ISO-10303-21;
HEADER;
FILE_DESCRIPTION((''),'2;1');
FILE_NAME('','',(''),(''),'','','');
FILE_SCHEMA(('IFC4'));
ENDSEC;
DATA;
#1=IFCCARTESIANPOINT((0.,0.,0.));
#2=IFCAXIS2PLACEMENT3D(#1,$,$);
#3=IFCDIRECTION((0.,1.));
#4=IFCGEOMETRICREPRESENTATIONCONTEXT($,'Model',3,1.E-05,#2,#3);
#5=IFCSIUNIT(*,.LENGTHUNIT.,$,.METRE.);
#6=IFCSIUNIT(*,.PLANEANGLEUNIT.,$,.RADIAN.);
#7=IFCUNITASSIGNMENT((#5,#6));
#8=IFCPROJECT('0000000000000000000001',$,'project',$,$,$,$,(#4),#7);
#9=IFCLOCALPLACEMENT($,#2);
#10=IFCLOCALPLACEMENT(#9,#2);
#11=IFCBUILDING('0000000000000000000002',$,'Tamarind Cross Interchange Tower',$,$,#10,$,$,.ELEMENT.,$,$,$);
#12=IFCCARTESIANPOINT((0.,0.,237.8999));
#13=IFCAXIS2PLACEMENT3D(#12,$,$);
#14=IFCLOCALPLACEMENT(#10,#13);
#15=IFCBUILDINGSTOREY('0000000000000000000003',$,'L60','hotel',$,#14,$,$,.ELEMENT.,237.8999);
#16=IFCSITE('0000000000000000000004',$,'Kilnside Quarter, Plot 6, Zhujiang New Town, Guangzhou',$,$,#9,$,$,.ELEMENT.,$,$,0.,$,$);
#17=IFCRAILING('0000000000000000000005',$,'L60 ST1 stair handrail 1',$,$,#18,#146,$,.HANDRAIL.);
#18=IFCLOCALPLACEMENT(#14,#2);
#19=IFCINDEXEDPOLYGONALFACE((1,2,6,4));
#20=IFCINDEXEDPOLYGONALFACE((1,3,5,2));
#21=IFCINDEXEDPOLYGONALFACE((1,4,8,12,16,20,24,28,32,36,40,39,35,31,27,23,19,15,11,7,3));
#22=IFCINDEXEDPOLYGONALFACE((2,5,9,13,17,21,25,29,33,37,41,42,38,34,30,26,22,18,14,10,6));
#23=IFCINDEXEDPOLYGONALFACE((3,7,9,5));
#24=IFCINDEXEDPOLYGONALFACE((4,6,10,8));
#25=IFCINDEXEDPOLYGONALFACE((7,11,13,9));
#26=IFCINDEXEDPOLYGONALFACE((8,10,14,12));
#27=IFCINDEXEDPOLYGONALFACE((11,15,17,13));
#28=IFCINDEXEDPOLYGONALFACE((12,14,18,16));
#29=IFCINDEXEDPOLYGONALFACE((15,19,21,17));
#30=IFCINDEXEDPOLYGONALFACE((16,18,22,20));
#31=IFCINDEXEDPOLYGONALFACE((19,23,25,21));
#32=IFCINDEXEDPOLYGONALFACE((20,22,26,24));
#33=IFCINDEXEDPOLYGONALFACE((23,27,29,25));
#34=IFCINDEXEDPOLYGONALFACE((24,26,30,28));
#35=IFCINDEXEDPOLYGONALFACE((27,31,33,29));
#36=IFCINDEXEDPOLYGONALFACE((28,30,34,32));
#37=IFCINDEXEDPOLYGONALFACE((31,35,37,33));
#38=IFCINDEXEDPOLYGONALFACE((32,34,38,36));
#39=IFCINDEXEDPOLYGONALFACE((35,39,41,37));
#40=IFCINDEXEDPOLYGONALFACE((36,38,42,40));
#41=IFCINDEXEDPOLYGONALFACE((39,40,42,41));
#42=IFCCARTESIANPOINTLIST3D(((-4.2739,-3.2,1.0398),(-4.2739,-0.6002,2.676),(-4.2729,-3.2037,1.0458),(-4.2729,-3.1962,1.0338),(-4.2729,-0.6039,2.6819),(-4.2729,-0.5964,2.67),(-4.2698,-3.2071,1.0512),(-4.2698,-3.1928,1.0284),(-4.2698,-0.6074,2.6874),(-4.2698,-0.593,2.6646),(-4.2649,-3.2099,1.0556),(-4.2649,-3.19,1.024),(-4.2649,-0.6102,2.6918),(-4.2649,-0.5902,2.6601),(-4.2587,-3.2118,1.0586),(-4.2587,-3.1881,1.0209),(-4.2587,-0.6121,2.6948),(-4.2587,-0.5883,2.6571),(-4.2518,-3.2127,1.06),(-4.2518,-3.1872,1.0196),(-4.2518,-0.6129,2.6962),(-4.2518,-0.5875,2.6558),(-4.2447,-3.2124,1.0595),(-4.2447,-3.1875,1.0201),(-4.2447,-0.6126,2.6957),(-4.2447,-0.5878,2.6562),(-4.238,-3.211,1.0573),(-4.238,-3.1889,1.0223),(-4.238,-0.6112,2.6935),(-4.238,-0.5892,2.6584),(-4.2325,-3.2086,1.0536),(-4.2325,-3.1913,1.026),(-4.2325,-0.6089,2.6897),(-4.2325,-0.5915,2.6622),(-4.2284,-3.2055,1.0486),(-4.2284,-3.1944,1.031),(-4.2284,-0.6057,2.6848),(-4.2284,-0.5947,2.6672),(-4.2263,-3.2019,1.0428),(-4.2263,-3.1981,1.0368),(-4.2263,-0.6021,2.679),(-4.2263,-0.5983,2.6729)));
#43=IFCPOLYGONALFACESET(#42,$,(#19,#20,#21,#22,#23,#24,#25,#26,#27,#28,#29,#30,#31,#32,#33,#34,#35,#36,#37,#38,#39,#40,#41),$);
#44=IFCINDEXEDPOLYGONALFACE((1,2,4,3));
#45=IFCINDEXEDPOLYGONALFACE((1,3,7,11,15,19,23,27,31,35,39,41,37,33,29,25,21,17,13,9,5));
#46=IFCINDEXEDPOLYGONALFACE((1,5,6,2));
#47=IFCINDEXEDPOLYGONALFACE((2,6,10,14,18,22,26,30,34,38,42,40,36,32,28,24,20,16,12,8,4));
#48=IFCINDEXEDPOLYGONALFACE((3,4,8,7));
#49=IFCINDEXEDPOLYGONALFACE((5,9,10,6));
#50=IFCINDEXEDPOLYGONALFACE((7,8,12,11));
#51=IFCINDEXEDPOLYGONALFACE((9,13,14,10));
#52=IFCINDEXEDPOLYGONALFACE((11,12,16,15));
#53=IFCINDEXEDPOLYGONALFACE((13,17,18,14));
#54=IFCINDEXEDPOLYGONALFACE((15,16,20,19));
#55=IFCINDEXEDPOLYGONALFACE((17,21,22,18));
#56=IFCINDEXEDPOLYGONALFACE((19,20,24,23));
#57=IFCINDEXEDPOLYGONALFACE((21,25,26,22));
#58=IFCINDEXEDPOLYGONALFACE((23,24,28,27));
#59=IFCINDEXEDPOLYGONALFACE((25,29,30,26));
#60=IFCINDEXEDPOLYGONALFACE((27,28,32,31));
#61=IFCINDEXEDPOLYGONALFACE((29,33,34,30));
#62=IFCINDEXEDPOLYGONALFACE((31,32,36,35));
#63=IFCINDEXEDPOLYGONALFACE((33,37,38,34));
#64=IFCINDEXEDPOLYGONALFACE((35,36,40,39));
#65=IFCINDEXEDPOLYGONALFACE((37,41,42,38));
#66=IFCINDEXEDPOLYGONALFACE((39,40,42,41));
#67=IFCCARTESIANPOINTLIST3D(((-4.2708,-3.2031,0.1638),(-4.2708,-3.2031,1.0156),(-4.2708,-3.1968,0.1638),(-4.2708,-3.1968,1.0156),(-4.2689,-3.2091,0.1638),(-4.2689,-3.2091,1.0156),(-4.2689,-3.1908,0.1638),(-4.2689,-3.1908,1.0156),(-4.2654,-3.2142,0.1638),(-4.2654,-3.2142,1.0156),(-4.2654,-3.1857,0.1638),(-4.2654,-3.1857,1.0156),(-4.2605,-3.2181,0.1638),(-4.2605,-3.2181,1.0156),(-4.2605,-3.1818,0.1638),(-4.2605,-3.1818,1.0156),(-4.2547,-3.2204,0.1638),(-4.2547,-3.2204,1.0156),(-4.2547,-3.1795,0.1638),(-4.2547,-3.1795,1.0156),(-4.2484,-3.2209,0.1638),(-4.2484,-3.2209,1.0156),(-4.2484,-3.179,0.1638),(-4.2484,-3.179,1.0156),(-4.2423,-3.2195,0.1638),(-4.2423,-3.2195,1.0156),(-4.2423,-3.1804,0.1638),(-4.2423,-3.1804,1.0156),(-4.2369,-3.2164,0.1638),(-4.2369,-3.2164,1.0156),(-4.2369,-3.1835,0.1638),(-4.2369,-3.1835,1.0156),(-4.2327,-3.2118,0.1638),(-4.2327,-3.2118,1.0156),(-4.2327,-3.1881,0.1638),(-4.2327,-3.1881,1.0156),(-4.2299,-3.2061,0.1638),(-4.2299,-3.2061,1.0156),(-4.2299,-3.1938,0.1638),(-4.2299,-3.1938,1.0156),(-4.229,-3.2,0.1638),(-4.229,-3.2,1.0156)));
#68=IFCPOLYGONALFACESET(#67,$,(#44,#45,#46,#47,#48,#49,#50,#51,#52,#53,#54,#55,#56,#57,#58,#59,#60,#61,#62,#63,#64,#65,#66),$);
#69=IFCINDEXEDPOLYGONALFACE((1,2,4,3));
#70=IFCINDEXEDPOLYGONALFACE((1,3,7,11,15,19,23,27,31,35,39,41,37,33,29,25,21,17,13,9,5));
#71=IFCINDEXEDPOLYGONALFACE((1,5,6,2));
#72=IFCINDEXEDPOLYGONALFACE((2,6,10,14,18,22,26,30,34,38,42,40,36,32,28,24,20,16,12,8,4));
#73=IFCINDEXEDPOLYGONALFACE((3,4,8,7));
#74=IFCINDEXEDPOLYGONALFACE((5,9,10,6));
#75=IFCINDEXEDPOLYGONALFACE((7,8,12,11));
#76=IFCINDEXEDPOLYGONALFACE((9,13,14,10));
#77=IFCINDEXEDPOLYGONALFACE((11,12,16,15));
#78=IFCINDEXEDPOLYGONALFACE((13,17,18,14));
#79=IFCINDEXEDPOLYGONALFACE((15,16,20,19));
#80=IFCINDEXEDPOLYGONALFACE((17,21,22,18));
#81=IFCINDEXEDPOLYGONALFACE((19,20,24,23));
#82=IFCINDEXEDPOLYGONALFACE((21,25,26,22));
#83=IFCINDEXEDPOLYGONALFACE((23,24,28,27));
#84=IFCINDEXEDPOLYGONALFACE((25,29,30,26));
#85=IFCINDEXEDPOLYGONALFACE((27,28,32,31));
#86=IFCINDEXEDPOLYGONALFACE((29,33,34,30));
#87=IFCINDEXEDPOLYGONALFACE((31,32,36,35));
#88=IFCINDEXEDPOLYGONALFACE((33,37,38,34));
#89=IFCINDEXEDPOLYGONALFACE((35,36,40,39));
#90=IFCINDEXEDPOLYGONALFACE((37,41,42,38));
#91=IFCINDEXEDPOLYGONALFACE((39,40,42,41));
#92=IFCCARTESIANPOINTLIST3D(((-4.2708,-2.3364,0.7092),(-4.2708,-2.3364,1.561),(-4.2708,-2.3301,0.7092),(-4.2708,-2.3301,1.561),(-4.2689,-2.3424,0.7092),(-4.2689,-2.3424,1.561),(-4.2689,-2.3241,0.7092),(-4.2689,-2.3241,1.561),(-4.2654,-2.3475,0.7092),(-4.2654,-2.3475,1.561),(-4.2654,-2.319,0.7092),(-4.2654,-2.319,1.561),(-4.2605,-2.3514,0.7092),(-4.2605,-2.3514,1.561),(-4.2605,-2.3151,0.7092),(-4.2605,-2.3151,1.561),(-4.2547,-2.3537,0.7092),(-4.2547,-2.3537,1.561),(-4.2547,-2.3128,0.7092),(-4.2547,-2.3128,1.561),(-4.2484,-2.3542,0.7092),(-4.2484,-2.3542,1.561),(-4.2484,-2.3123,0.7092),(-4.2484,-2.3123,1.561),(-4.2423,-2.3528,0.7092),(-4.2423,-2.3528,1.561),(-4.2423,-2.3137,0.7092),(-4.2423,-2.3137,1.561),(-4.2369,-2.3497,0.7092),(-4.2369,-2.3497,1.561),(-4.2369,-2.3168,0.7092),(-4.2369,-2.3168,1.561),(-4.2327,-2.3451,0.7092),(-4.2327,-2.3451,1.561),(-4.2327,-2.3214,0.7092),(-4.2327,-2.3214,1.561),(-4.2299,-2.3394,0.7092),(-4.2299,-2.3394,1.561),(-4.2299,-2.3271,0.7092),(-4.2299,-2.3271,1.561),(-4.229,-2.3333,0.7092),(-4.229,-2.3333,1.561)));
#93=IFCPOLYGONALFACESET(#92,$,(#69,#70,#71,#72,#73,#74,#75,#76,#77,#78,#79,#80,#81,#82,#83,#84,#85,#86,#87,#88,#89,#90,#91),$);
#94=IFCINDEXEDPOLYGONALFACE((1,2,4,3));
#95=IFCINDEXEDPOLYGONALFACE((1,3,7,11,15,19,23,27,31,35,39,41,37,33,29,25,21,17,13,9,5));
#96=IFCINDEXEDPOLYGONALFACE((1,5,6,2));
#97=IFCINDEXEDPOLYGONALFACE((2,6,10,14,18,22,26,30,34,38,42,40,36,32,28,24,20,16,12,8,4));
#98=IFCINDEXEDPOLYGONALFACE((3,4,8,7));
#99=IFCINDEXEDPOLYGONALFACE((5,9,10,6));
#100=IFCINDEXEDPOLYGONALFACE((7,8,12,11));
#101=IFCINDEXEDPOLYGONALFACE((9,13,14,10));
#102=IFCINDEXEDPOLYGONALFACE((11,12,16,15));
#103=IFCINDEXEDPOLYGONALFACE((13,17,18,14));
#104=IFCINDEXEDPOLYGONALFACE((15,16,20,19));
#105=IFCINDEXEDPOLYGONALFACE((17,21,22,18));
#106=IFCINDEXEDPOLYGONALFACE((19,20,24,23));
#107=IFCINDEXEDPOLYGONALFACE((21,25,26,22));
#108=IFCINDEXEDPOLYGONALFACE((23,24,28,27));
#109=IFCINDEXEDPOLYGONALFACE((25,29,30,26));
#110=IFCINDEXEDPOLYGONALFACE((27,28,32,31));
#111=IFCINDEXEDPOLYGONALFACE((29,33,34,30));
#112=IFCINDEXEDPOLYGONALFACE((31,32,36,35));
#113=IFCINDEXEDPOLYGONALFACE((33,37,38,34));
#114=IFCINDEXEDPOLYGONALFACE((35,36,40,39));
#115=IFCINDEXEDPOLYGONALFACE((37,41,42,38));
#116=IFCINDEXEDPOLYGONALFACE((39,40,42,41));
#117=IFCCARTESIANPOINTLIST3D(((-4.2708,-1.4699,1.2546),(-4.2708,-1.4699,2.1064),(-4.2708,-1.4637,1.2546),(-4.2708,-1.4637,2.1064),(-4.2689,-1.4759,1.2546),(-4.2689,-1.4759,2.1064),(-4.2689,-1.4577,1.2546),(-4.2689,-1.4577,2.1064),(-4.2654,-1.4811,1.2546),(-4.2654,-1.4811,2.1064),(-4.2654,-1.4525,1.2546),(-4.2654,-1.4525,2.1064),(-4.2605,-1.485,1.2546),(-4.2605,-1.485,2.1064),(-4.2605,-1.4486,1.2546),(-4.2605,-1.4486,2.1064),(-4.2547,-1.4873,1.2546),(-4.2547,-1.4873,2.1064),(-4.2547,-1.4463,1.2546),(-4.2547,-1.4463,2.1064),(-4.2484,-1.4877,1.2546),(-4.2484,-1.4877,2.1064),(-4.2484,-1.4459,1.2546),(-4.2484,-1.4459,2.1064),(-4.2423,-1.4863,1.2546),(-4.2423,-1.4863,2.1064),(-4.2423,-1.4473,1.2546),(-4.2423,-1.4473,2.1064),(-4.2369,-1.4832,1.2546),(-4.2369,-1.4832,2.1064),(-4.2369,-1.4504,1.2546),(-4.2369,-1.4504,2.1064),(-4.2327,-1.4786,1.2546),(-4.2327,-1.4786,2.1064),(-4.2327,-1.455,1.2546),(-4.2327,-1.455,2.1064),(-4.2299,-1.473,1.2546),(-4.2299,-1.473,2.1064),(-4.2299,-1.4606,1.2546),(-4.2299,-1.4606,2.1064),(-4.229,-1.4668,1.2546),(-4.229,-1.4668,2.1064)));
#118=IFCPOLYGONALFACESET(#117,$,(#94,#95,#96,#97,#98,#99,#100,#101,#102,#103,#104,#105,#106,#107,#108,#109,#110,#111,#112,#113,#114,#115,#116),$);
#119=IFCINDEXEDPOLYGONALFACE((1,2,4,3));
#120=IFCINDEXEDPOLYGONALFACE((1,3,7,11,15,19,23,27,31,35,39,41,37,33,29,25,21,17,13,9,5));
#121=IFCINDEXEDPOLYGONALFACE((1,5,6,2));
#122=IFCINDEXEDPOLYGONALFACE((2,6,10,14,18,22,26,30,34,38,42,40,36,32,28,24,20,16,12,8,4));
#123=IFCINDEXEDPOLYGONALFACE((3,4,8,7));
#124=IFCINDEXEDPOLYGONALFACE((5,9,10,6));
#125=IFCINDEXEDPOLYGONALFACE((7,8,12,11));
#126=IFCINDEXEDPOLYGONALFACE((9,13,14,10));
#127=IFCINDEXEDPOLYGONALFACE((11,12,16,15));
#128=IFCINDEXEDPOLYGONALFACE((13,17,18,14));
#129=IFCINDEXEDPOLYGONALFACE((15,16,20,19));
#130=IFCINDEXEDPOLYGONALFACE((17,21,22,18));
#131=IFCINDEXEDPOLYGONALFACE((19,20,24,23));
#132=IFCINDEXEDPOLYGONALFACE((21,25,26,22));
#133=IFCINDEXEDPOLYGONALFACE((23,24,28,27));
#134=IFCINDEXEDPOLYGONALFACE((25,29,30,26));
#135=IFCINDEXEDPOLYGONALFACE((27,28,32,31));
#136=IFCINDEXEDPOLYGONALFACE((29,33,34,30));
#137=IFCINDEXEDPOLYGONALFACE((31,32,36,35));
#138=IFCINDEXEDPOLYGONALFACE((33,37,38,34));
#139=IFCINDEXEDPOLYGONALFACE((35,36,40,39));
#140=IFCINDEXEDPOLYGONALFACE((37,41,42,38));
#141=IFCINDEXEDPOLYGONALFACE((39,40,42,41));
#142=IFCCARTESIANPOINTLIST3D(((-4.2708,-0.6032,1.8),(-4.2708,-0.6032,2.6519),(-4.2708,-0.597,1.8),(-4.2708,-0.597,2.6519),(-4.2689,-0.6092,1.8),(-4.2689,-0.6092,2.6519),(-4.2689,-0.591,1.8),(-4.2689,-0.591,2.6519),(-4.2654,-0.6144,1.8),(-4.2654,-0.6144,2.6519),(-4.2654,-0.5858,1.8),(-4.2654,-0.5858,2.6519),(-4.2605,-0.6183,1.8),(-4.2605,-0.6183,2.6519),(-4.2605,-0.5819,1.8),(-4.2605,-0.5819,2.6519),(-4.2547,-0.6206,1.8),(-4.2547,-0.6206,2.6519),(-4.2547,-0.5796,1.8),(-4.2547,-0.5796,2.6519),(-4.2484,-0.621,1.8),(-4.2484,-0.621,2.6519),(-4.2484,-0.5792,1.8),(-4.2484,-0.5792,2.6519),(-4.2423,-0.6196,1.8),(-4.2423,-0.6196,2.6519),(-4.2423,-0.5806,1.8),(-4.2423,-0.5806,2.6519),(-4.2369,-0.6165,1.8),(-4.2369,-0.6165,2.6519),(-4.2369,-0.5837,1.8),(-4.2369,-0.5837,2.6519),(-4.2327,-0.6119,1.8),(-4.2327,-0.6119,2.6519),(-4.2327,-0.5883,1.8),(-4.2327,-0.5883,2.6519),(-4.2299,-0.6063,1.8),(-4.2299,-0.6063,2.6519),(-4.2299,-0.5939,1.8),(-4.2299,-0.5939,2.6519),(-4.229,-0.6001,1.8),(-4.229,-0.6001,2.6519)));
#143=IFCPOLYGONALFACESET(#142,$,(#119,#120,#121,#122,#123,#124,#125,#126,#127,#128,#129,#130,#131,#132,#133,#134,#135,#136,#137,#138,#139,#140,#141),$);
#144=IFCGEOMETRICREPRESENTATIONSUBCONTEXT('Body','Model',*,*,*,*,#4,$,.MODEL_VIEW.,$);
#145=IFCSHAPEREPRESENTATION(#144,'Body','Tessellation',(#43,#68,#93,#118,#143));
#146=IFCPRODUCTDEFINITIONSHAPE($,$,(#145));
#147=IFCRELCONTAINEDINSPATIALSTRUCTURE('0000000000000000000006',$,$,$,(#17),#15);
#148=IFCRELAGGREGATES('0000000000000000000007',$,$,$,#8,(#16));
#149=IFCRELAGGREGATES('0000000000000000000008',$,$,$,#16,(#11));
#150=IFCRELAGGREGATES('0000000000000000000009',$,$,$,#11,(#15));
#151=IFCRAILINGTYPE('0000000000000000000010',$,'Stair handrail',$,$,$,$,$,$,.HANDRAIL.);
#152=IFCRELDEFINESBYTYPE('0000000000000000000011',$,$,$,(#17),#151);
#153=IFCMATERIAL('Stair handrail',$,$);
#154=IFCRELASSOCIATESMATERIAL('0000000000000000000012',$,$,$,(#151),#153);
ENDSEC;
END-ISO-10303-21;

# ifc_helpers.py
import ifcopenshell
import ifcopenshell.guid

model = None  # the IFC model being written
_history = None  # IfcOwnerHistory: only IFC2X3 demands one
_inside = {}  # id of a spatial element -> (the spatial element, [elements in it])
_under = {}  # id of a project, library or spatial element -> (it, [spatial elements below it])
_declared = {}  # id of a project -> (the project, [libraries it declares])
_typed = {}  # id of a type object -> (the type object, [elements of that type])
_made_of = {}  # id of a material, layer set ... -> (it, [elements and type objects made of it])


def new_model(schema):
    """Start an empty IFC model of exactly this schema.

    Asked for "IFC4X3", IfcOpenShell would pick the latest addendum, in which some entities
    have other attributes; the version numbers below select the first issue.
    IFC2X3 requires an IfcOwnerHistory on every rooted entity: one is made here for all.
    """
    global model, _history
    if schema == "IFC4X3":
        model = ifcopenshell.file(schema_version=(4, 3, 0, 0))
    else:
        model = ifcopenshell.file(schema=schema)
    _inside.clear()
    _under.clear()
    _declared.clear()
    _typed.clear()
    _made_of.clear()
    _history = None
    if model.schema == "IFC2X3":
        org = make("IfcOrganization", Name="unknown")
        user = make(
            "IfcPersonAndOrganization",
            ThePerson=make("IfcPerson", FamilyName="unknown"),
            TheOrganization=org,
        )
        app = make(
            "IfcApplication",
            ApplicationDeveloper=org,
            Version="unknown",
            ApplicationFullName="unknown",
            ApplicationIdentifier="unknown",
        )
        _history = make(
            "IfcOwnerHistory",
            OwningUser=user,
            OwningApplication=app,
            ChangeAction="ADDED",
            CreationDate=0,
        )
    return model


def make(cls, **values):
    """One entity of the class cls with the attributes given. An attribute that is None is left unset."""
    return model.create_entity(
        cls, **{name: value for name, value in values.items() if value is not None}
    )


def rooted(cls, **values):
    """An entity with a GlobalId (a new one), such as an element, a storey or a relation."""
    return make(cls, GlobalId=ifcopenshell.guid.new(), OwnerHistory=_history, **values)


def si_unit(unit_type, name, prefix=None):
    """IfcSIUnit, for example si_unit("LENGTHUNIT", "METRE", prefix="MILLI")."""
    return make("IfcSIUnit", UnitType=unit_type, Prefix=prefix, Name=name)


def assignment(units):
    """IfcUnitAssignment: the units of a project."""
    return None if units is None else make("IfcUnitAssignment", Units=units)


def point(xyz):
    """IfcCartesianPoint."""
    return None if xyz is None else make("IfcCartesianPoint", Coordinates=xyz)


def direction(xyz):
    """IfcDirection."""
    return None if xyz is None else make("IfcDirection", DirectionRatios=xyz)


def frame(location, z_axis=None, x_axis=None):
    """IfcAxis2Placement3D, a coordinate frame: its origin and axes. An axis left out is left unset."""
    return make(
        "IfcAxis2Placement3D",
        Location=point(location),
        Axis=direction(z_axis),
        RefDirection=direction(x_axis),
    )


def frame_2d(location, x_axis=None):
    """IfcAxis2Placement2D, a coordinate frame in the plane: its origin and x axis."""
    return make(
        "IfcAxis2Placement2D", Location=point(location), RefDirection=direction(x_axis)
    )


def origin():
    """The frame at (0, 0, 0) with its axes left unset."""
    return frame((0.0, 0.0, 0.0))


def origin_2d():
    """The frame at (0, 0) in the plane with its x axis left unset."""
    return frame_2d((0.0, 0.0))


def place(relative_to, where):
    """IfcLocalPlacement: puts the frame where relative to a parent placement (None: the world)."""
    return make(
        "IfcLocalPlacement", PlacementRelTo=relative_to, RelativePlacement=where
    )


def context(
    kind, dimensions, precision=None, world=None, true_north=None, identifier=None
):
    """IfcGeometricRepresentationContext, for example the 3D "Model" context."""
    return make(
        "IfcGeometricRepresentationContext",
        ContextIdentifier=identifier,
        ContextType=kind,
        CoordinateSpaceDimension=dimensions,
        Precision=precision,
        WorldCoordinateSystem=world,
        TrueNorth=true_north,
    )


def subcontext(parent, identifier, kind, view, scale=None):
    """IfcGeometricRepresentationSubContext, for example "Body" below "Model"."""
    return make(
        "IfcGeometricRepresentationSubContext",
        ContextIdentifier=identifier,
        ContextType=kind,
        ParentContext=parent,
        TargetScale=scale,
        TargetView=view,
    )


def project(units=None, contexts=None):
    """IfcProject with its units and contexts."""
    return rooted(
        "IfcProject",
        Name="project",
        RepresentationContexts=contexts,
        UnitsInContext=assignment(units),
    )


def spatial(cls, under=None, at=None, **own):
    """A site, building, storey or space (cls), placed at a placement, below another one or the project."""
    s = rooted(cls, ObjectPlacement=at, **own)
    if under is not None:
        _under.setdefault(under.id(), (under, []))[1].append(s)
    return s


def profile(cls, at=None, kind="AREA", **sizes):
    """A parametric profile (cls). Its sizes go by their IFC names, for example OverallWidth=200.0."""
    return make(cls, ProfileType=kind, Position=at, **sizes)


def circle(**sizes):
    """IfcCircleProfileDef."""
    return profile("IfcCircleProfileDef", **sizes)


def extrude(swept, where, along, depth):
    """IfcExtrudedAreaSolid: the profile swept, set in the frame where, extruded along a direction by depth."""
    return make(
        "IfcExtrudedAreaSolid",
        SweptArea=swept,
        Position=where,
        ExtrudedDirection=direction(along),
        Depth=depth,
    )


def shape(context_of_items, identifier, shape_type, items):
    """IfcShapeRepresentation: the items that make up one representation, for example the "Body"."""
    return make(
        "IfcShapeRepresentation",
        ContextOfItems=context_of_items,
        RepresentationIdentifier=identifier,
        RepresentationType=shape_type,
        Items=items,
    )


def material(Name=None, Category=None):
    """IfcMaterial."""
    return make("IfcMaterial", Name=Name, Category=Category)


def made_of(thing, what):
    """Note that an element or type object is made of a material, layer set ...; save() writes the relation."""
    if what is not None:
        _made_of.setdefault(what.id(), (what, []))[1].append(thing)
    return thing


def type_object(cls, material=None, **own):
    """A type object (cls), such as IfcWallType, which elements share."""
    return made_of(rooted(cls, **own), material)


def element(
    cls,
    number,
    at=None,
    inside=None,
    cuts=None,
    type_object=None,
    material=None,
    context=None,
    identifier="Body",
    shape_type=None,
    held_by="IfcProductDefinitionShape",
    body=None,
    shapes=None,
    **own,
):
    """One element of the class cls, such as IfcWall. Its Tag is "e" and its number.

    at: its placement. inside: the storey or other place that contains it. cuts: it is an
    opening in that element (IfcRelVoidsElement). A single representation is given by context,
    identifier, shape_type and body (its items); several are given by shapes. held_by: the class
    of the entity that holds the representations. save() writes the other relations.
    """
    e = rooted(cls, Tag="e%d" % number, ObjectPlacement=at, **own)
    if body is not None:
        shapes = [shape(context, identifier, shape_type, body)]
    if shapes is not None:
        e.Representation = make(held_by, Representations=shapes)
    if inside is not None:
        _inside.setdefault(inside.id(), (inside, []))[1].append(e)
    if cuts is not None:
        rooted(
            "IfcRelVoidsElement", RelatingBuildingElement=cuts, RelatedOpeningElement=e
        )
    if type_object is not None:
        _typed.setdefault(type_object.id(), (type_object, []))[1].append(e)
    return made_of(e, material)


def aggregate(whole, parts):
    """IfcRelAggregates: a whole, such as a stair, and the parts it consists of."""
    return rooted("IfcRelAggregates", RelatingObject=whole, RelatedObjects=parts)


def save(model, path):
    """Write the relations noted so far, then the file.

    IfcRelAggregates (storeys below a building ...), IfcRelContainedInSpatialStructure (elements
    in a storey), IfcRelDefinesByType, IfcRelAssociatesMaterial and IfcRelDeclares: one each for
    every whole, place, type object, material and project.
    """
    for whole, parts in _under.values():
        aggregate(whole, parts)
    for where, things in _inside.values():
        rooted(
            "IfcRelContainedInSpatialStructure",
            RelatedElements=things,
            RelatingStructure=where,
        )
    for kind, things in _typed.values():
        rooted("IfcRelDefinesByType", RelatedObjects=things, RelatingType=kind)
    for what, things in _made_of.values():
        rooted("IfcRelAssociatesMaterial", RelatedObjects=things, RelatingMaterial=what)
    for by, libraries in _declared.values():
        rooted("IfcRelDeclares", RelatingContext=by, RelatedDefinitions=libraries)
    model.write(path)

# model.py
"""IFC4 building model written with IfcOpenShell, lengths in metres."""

from ifc_helpers import new_model, si_unit, direction, frame, origin, origin_2d, place, context, subcontext, project, spatial, circle, extrude, material, type_object, element, save


model = new_model("IFC4")

# Units and contexts
model_context = context("Model", 3, precision=1e-05, world=origin(), true_north=direction((0.0, 1.0)))
body_context = subcontext(model_context, "Body", "Model", "MODEL_VIEW")
ifc_project = project(units=[si_unit("LENGTHUNIT", "METRE"), si_unit("PLANEANGLEUNIT", "RADIAN")], contexts=[model_context])

# Site, building, storey
site_placement = place(None, origin())
site = spatial("IfcSite", under=ifc_project, at=site_placement, Name="Kilnside Quarter, Plot 6, Zhujiang New Town, Guangzhou", CompositionType="ELEMENT", RefElevation=0.0)
building_placement = place(site_placement, origin())
building = spatial("IfcBuilding", under=site, at=building_placement, Name="Tamarind Cross Interchange Tower", CompositionType="ELEMENT")
storey_placement = place(building_placement, frame((0.0, 0.0, 237.8999)))
storey = spatial("IfcBuildingStorey", under=building, at=storey_placement, Name="L60", Description="hotel", CompositionType="ELEMENT", Elevation=237.8999)

# Railing
ifc_material_1 = material(Name="Stair handrail")
railing_type_1 = type_object("IfcRailingType", Name="Stair handrail", PredefinedType="HANDRAIL", material=ifc_material_1)
railing_1_placement = place(storey_placement, frame((-4.25, -3.2, 0.1638)))
element("IfcRailing", 1, at=railing_1_placement, inside=storey, type_object=railing_type_1, Name="L60 ST1 stair handrail 1", PredefinedType="HANDRAIL", context=body_context, shape_type="SweptSolid", body=[
    extrude(circle(Radius=0.0239, at=origin_2d()), frame((0.0, 0.0, 0.876), z_axis=(0.0, 0.846338, 0.532647), x_axis=(-1.0, 0.0, 0.0)), (0.0, 0.0, 1.0), 3.0718),
    extrude(circle(Radius=0.021, at=origin_2d()), origin(), (0.0, 0.0, 1.0), 0.8518),
    extrude(circle(Radius=0.021, at=origin_2d()), frame((0.0, 0.8667, 0.5454)), (0.0, 0.0, 1.0), 0.8518),
    extrude(circle(Radius=0.021, at=origin_2d()), frame((0.0, 1.7332, 1.0908)), (0.0, 0.0, 1.0), 0.8518),
    extrude(circle(Radius=0.021, at=origin_2d()), frame((0.0, 2.5999, 1.6362)), (0.0, 0.0, 1.0), 0.8518),
])

save(model, "model.ifc")
